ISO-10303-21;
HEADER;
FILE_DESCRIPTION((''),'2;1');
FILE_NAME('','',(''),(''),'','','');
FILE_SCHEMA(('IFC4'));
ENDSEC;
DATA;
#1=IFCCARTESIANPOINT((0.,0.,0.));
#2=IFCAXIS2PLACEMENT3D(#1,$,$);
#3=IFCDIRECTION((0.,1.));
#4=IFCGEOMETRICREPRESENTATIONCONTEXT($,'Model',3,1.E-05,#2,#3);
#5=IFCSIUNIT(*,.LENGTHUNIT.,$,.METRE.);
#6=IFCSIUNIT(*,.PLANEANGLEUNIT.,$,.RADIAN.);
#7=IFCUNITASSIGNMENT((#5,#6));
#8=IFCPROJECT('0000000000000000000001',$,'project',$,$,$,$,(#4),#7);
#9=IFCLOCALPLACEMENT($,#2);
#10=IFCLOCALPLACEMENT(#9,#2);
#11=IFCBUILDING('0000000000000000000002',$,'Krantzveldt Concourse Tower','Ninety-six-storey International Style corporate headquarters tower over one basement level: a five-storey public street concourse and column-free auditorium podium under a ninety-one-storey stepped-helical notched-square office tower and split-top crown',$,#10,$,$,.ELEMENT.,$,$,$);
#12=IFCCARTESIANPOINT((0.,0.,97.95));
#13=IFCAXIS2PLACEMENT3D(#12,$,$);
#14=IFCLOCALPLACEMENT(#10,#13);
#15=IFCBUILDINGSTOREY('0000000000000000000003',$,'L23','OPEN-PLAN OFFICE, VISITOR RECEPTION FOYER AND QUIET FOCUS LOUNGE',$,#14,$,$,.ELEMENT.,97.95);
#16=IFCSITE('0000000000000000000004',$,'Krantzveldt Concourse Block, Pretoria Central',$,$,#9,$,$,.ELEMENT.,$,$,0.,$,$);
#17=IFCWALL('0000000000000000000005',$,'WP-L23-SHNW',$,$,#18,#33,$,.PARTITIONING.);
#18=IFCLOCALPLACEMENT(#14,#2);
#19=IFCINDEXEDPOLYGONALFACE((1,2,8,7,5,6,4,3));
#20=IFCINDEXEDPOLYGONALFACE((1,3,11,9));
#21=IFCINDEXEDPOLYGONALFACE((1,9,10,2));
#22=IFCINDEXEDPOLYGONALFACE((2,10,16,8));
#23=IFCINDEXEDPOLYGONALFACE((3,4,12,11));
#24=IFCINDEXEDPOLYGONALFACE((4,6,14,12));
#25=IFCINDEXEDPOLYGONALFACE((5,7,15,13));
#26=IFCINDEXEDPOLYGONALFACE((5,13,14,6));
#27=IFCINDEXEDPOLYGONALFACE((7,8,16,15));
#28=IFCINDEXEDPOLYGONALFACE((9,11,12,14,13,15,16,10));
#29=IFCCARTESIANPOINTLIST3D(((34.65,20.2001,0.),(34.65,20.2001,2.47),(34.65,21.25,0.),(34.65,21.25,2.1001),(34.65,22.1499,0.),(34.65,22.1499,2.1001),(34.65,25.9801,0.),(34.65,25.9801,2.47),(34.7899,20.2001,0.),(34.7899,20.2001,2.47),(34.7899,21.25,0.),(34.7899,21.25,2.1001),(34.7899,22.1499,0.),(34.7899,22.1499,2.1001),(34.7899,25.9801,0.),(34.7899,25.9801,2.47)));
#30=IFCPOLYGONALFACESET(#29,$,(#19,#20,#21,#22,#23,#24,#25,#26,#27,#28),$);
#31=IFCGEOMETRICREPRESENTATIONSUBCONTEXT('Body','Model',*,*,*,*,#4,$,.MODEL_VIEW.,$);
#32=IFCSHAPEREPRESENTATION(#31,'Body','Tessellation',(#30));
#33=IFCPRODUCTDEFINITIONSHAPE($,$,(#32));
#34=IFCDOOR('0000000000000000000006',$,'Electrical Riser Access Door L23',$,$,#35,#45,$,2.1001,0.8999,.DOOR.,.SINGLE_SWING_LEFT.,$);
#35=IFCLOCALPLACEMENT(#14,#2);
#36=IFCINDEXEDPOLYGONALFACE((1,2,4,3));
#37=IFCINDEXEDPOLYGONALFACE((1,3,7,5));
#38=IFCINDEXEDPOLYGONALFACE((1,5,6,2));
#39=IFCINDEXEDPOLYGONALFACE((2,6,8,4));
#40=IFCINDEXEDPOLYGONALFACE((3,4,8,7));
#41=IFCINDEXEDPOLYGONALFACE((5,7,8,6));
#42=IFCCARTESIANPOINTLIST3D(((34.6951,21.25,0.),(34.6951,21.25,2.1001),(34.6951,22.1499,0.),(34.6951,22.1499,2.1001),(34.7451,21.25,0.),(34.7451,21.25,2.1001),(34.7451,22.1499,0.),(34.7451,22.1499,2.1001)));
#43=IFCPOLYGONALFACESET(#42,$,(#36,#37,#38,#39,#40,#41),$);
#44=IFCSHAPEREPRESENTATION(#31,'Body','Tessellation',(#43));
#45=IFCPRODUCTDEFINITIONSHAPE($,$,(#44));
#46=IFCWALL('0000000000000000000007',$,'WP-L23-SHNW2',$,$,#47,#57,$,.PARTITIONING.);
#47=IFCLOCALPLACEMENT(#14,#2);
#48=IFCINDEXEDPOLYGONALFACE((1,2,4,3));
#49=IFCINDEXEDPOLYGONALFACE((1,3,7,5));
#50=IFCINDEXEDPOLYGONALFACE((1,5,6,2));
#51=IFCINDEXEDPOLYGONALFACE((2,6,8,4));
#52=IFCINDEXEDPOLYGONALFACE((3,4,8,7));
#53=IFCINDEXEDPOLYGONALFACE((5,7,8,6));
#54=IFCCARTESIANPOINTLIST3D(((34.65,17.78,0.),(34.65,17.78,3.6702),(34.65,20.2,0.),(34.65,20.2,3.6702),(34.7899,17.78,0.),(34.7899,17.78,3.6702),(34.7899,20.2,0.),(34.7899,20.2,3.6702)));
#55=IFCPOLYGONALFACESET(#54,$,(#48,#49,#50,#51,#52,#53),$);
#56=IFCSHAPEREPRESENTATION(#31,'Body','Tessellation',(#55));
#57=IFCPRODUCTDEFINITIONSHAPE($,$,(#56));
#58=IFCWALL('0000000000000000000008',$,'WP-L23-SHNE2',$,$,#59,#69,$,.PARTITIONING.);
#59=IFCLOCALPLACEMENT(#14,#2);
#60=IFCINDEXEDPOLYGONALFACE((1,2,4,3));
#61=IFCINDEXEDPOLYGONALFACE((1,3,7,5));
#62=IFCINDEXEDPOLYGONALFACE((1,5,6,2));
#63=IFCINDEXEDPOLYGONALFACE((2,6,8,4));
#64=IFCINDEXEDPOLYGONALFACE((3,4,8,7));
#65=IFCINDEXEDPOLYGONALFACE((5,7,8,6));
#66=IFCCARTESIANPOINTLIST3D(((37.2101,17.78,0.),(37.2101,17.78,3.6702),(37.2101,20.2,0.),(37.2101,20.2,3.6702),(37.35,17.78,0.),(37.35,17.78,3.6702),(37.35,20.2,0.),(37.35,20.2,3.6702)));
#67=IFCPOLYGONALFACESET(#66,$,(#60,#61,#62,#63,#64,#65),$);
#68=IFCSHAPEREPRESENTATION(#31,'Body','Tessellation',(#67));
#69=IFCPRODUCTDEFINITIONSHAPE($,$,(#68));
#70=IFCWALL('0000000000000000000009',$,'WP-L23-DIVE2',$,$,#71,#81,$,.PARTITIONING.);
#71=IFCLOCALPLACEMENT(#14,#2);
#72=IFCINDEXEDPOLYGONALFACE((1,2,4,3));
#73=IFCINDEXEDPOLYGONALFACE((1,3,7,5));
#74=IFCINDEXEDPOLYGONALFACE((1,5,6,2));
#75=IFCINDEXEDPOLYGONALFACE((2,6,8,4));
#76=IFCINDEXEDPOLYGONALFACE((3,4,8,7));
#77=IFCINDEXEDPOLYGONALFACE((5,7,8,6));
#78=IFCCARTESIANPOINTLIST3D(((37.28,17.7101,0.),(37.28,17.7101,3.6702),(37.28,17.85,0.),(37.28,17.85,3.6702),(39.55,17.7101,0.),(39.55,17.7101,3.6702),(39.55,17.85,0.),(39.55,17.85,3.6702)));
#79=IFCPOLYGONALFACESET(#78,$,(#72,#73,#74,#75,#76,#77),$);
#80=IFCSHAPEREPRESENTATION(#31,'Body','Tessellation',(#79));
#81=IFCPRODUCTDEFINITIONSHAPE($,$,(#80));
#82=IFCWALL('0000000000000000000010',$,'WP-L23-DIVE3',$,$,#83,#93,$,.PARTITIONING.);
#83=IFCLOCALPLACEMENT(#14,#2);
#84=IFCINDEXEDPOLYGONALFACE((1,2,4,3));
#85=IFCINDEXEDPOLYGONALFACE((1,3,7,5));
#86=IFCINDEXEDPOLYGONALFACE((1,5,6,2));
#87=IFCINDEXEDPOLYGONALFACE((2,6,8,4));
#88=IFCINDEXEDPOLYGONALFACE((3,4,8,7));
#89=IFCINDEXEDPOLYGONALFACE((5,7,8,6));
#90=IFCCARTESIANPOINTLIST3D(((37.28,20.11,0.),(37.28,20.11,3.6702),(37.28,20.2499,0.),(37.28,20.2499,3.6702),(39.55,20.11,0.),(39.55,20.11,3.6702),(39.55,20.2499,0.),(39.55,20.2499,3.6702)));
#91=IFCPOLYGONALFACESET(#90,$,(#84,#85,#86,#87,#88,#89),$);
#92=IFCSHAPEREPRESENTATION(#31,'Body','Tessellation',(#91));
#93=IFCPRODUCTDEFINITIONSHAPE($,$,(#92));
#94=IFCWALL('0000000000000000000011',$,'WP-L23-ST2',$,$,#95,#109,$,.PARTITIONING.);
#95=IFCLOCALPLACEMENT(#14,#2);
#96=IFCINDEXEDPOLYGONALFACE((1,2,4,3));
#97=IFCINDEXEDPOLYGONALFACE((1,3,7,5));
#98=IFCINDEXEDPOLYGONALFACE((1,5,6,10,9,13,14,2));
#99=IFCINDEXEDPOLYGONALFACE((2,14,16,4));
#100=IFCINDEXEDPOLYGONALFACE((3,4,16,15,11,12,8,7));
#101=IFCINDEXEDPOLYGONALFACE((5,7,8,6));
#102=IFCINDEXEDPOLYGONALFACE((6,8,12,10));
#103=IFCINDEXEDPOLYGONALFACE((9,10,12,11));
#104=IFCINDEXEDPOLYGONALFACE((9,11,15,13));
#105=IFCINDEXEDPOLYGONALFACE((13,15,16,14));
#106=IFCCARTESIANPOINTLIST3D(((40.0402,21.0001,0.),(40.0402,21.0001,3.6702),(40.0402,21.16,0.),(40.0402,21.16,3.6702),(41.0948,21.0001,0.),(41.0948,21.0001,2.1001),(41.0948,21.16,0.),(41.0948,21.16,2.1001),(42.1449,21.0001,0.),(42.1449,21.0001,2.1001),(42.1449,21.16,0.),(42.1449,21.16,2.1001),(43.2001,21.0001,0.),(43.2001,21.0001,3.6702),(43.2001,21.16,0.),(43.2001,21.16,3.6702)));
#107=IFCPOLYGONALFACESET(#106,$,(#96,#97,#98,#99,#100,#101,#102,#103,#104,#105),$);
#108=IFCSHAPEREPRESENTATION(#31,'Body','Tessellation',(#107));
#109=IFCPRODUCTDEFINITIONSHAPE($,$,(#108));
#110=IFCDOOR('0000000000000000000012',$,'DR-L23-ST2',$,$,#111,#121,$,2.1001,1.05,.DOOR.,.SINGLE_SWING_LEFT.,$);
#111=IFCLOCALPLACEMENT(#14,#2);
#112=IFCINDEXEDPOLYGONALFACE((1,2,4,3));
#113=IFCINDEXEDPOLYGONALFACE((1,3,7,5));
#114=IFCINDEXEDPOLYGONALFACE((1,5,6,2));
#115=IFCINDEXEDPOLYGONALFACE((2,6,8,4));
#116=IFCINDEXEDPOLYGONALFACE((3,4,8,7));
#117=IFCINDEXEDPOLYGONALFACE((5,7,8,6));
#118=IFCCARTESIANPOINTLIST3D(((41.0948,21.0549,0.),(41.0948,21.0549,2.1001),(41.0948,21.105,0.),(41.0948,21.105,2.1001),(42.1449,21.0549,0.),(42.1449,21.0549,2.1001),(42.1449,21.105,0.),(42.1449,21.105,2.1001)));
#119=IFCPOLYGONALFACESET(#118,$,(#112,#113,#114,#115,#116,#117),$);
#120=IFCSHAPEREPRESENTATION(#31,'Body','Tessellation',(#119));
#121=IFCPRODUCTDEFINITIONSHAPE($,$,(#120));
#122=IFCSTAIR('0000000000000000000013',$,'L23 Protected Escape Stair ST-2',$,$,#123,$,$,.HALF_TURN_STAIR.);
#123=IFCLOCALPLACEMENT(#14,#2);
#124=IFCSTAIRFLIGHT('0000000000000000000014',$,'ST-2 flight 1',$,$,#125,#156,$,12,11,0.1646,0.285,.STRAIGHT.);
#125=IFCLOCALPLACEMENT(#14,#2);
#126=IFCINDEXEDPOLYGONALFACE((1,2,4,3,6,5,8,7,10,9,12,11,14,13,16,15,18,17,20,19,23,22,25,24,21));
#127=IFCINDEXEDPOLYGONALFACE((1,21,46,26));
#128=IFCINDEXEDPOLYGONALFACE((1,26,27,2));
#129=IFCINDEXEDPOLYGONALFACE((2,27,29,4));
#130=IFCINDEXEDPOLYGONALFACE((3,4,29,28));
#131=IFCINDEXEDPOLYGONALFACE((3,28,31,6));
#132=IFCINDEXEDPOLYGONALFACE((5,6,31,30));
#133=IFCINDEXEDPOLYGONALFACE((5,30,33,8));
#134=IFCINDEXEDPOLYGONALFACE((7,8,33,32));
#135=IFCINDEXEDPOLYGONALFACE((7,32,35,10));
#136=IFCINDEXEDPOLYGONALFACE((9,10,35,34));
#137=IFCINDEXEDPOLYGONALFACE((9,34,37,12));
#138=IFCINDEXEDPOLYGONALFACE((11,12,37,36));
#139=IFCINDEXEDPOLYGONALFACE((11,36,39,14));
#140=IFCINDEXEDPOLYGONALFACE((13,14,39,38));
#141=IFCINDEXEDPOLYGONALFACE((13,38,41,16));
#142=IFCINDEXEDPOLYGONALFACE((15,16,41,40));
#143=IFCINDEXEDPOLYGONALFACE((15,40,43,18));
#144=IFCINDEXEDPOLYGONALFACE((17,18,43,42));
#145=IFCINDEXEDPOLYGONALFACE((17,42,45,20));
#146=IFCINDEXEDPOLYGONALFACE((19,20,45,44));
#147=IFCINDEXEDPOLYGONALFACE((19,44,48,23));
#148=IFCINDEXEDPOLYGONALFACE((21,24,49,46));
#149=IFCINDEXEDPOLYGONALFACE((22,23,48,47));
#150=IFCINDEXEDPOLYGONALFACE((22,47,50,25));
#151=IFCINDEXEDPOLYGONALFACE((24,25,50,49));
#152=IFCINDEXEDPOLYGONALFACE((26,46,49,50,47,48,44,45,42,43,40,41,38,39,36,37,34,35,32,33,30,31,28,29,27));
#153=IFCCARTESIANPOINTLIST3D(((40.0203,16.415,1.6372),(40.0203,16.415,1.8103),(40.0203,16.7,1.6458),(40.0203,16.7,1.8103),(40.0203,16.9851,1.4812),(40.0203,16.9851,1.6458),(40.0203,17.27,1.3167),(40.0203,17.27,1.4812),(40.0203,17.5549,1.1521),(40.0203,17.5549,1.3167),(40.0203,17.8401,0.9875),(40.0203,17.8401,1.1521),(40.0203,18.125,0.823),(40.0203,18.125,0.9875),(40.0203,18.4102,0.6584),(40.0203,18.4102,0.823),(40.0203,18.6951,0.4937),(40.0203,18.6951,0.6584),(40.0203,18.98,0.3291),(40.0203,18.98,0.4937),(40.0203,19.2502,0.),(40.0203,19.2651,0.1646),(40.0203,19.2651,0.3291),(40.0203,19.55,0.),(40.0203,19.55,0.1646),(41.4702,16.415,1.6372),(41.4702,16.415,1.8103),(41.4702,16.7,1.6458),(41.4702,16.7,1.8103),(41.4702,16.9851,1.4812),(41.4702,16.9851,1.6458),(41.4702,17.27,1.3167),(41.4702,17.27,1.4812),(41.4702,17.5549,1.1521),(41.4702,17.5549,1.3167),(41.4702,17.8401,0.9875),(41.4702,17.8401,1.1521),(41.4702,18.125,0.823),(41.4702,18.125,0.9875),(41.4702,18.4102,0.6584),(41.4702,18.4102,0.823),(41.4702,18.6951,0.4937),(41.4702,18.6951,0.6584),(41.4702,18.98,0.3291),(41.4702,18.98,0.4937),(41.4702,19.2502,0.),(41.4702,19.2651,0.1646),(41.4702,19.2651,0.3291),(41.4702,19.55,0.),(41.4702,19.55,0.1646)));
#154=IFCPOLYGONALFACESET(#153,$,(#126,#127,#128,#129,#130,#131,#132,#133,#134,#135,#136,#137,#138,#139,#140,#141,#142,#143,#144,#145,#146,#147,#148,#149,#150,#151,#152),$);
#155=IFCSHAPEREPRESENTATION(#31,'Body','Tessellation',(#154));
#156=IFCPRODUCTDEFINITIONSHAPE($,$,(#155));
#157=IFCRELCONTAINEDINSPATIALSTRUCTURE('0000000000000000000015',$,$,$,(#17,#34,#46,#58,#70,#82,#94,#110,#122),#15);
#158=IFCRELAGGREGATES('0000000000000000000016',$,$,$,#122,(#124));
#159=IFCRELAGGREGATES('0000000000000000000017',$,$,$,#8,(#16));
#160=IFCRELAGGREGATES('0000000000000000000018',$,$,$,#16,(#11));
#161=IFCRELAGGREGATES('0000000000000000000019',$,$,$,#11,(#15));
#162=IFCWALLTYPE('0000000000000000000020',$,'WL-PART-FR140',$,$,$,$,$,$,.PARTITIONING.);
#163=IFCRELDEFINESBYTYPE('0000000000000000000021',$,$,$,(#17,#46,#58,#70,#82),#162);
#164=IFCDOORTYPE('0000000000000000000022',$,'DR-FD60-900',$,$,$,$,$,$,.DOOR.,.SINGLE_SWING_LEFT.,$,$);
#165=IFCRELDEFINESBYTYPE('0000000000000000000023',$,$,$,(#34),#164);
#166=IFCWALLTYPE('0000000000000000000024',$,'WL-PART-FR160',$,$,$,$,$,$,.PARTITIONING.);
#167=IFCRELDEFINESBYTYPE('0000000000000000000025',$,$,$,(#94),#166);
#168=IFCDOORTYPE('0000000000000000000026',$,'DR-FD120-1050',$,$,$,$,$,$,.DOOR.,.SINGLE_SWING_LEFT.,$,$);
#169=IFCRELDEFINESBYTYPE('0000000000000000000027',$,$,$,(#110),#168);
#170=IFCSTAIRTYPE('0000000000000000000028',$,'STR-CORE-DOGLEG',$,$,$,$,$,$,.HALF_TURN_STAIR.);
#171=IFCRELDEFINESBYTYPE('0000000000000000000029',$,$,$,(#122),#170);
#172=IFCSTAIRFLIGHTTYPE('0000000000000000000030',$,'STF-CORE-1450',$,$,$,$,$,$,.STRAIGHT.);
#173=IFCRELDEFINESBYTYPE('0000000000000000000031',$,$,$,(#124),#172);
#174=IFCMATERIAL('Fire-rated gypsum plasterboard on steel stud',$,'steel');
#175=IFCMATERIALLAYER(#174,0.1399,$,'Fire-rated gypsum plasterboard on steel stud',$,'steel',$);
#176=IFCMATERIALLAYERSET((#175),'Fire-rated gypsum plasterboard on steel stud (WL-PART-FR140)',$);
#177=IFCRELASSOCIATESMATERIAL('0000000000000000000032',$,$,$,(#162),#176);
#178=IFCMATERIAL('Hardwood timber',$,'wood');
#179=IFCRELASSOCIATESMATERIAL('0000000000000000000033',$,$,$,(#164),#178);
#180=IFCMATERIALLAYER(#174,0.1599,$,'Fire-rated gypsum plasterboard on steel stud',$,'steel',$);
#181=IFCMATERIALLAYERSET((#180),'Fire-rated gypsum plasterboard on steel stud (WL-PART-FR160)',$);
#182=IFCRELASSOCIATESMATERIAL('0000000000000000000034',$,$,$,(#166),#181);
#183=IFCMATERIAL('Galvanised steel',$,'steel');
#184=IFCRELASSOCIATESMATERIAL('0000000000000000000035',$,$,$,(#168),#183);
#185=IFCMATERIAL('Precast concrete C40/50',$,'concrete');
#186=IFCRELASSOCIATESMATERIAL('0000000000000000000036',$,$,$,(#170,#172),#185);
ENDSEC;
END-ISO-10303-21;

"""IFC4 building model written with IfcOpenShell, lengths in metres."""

from ifc_helpers import new_model, si_unit, direction, frame, frame_2d, origin, place, context, subcontext, project, spatial, polyline, rectangle, outline, extrude, material, layer, layer_set, type_object, element, fill, aggregate, save


model = new_model("IFC4")

# Units and contexts
model_context = context("Model", 3, precision=1e-05, world=origin(), true_north=direction((0.0, 1.0)))
body_context = subcontext(model_context, "Body", "Model", "MODEL_VIEW")
ifc_project = project(units=[si_unit("LENGTHUNIT", "METRE"), si_unit("PLANEANGLEUNIT", "RADIAN")], contexts=[model_context])

# Site, building, storey
site_placement = place(None, origin())
site = spatial("IfcSite", under=ifc_project, at=site_placement, Name="Krantzveldt Concourse Block, Pretoria Central", CompositionType="ELEMENT", RefElevation=0.0)
building_placement = place(site_placement, origin())
building = spatial("IfcBuilding", under=site, at=building_placement, Name="Krantzveldt Concourse Tower", Description="Ninety-six-storey International Style corporate headquarters tower over one basement level: a five-storey public street concourse and column-free auditorium podium under a ninety-one-storey stepped-helical notched-square office tower and split-top crown", CompositionType="ELEMENT")
storey_placement = place(building_placement, frame((0.0, 0.0, 97.95)))
storey = spatial("IfcBuildingStorey", under=building, at=storey_placement, Name="L23", Description="OPEN-PLAN OFFICE, VISITOR RECEPTION FOYER AND QUIET FOCUS LOUNGE", CompositionType="ELEMENT", Elevation=97.95)

# Wall, opening, door
ifc_material_1 = material(Name="Fire-rated gypsum plasterboard on steel stud", Category="steel")
ifc_layer_1 = layer(ifc_material_1, 0.1399, Name="Fire-rated gypsum plasterboard on steel stud", Category="steel")
ifc_layer_set_1 = layer_set([ifc_layer_1], Name="Fire-rated gypsum plasterboard on steel stud (WL-PART-FR140)")
wall_type_1 = type_object("IfcWallType", Name="WL-PART-FR140", PredefinedType="PARTITIONING", material=ifc_layer_set_1)
wall_1_placement = place(storey_placement, frame((34.72, 20.2, 0.0), z_axis=(0.0, 0.0, 1.0), x_axis=(0.0, 1.0, 0.0)))
wall_1 = element("IfcWall", 1, at=wall_1_placement, inside=storey, type_object=wall_type_1, Name="WP-L23-SHNW", PredefinedType="PARTITIONING", context=body_context, shape_type="SweptSolid", body=[
    extrude(rectangle(XDim=5.78, YDim=0.1399, at=frame_2d((2.8901, 0.0))), origin(), (0.0, 0.0, 1.0), 2.47),
])
opening_1_placement = place(wall_1_placement, frame((1.05, 0.0, 0.0)))
opening_1 = element("IfcOpeningElement", 2, at=opening_1_placement, cuts=wall_1, PredefinedType="OPENING", context=body_context, shape_type="SweptSolid", body=[
    extrude(rectangle(XDim=0.8999, YDim=2.1001, at=frame_2d((0.45, 1.05))), frame((0.0, 0.0801, 0.0), z_axis=(0.0, -1.0, 0.0), x_axis=(1.0, 0.0, 0.0)), (0.0, 0.0, 1.0), 0.1599),
])
ifc_material_2 = material(Name="Hardwood timber", Category="wood")
door_type_1 = type_object("IfcDoorType", Name="DR-FD60-900", OperationType="SINGLE_SWING_LEFT", PredefinedType="DOOR", material=ifc_material_2)
door_1_placement = place(opening_1_placement, origin())
door_1 = element("IfcDoor", 3, at=door_1_placement, inside=storey, type_object=door_type_1, Name="Electrical Riser Access Door L23", OperationType="SINGLE_SWING_LEFT", OverallHeight=2.1001, OverallWidth=0.8999, PredefinedType="DOOR", context=body_context, shape_type="SweptSolid", body=[
    extrude(rectangle(XDim=0.8999, YDim=2.1001, at=frame_2d((0.45, 1.05))), frame((0.0, 0.0249, 0.0), z_axis=(0.0, -1.0, 0.0), x_axis=(1.0, 0.0, 0.0)), (0.0, 0.0, 1.0), 0.05),
])
fill(opening_1, door_1)

# Walls
for number, where, z_axis, x_axis, name in (
    (4, (34.72, 17.78, 0.0), (0.0, 0.0, 1.0), (0.0, 1.0, 0.0), "WP-L23-SHNW2"),
    (5, (37.28, 17.78, 0.0), (0.0, 0.0, 1.0), (0.0, 1.0, 0.0), "WP-L23-SHNE2"),
):
    element("IfcWall", number, at=place(storey_placement, frame(where, z_axis=z_axis, x_axis=x_axis)), inside=storey, type_object=wall_type_1, Name=name, PredefinedType="PARTITIONING", context=body_context, shape_type="SweptSolid", body=[
        extrude(rectangle(XDim=2.4199, YDim=0.1399, at=frame_2d((1.21, 0.0))), origin(), (0.0, 0.0, 1.0), 3.6702),
    ])
for number, where, z_axis, x_axis, name in (
    (6, (37.28, 17.78, 0.0), (0.0, 0.0, 1.0), (1.0, 0.0, 0.0), "WP-L23-DIVE2"),
    (7, (37.28, 20.1799, 0.0), (0.0, 0.0, 1.0), (1.0, 0.0, 0.0), "WP-L23-DIVE3"),
):
    element("IfcWall", number, at=place(storey_placement, frame(where, z_axis=z_axis, x_axis=x_axis)), inside=storey, type_object=wall_type_1, Name=name, PredefinedType="PARTITIONING", context=body_context, shape_type="SweptSolid", body=[
        extrude(rectangle(XDim=2.27, YDim=0.1399, at=frame_2d((1.135, 0.0))), origin(), (0.0, 0.0, 1.0), 3.6702),
    ])

# Wall, opening, door
ifc_layer_2 = layer(ifc_material_1, 0.1599, Name="Fire-rated gypsum plasterboard on steel stud", Category="steel")
ifc_layer_set_2 = layer_set([ifc_layer_2], Name="Fire-rated gypsum plasterboard on steel stud (WL-PART-FR160)")
wall_type_2 = type_object("IfcWallType", Name="WL-PART-FR160", PredefinedType="PARTITIONING", material=ifc_layer_set_2)
wall_2_placement = place(storey_placement, frame((40.04, 21.0801, 0.0), z_axis=(0.0, 0.0, 1.0), x_axis=(1.0, 0.0, 0.0)))
wall_2 = element("IfcWall", 8, at=wall_2_placement, inside=storey, type_object=wall_type_2, Name="WP-L23-ST2", PredefinedType="PARTITIONING", context=body_context, shape_type="SweptSolid", body=[
    extrude(rectangle(XDim=3.1599, YDim=0.1599, at=frame_2d((1.5801, 0.0))), origin(), (0.0, 0.0, 1.0), 3.6702),
])
opening_2_placement = place(wall_2_placement, frame((1.0549, 0.0, 0.0)))
opening_2 = element("IfcOpeningElement", 9, at=opening_2_placement, cuts=wall_2, PredefinedType="OPENING", context=body_context, shape_type="SweptSolid", body=[
    extrude(rectangle(XDim=1.05, YDim=2.1001, at=frame_2d((0.5249, 1.05))), frame((0.0, 0.0898, 0.0), z_axis=(0.0, -1.0, 0.0), x_axis=(1.0, 0.0, 0.0)), (0.0, 0.0, 1.0), 0.1799),
])
ifc_material_3 = material(Name="Galvanised steel", Category="steel")
door_type_2 = type_object("IfcDoorType", Name="DR-FD120-1050", OperationType="SINGLE_SWING_LEFT", PredefinedType="DOOR", material=ifc_material_3)
door_2_placement = place(opening_2_placement, origin())
door_2 = element("IfcDoor", 10, at=door_2_placement, inside=storey, type_object=door_type_2, Name="DR-L23-ST2", OperationType="SINGLE_SWING_LEFT", OverallHeight=2.1001, OverallWidth=1.05, PredefinedType="DOOR", context=body_context, shape_type="SweptSolid", body=[
    extrude(rectangle(XDim=1.05, YDim=2.1001, at=frame_2d((0.5249, 1.05))), frame((0.0, 0.0249, 0.0), z_axis=(0.0, -1.0, 0.0), x_axis=(1.0, 0.0, 0.0)), (0.0, 0.0, 1.0), 0.05),
])
fill(opening_2, door_2)

# Stair, stair flight
ifc_material_4 = material(Name="Precast concrete C40/50", Category="concrete")
stair_type = type_object("IfcStairType", Name="STR-CORE-DOGLEG", PredefinedType="HALF_TURN_STAIR", material=ifc_material_4)
stair_placement = place(storey_placement, origin())
stair = element("IfcStair", 11, at=stair_placement, inside=storey, type_object=stair_type, Name="L23 Protected Escape Stair ST-2", PredefinedType="HALF_TURN_STAIR")
stair_flight_type = type_object("IfcStairFlightType", Name="STF-CORE-1450", PredefinedType="STRAIGHT", material=ifc_material_4)
stair_flight_1_placement = place(storey_placement, frame((40.7451, 19.55, 0.0), z_axis=(0.0, 0.0, 1.0), x_axis=(0.0, -1.0, 0.0)))
stair_flight_1 = element("IfcStairFlight", 12, at=stair_flight_1_placement, type_object=stair_flight_type, Name="ST-2 flight 1", NumberOfRisers=12, NumberOfTreads=11, PredefinedType="STRAIGHT", RiserHeight=0.1646, TreadLength=0.285, context=body_context, shape_type="SweptSolid", body=[
    extrude(outline(polyline([(0.0, 0.0), (0.0, 0.1646), (0.2849, 0.1646), (0.2849, 0.3291), (0.5701, 0.3291), (0.5701, 0.4937), (0.855, 0.4937), (0.855, 0.6584), (1.1399, 0.6584), (1.1399, 0.823), (1.425, 0.823), (1.425, 0.9875), (1.71, 0.9875), (1.71, 1.1521), (1.9951, 1.1521), (1.9951, 1.3167), (2.28, 1.3167), (2.28, 1.4812), (2.5649, 1.4812), (2.5649, 1.6458), (2.8501, 1.6458), (2.8501, 1.8103), (3.135, 1.8103), (3.135, 1.9751), (3.135, 1.6372), (0.2998, 0.0), (0.0, 0.0)])), frame((0.0, 0.7251, 0.0), z_axis=(0.0, -1.0, 0.0), x_axis=(1.0, 0.0, 0.0)), (0.0, 0.0, 1.0), 1.45),
])
aggregate(stair, [stair_flight_1])

save(model, "model.ifc")
